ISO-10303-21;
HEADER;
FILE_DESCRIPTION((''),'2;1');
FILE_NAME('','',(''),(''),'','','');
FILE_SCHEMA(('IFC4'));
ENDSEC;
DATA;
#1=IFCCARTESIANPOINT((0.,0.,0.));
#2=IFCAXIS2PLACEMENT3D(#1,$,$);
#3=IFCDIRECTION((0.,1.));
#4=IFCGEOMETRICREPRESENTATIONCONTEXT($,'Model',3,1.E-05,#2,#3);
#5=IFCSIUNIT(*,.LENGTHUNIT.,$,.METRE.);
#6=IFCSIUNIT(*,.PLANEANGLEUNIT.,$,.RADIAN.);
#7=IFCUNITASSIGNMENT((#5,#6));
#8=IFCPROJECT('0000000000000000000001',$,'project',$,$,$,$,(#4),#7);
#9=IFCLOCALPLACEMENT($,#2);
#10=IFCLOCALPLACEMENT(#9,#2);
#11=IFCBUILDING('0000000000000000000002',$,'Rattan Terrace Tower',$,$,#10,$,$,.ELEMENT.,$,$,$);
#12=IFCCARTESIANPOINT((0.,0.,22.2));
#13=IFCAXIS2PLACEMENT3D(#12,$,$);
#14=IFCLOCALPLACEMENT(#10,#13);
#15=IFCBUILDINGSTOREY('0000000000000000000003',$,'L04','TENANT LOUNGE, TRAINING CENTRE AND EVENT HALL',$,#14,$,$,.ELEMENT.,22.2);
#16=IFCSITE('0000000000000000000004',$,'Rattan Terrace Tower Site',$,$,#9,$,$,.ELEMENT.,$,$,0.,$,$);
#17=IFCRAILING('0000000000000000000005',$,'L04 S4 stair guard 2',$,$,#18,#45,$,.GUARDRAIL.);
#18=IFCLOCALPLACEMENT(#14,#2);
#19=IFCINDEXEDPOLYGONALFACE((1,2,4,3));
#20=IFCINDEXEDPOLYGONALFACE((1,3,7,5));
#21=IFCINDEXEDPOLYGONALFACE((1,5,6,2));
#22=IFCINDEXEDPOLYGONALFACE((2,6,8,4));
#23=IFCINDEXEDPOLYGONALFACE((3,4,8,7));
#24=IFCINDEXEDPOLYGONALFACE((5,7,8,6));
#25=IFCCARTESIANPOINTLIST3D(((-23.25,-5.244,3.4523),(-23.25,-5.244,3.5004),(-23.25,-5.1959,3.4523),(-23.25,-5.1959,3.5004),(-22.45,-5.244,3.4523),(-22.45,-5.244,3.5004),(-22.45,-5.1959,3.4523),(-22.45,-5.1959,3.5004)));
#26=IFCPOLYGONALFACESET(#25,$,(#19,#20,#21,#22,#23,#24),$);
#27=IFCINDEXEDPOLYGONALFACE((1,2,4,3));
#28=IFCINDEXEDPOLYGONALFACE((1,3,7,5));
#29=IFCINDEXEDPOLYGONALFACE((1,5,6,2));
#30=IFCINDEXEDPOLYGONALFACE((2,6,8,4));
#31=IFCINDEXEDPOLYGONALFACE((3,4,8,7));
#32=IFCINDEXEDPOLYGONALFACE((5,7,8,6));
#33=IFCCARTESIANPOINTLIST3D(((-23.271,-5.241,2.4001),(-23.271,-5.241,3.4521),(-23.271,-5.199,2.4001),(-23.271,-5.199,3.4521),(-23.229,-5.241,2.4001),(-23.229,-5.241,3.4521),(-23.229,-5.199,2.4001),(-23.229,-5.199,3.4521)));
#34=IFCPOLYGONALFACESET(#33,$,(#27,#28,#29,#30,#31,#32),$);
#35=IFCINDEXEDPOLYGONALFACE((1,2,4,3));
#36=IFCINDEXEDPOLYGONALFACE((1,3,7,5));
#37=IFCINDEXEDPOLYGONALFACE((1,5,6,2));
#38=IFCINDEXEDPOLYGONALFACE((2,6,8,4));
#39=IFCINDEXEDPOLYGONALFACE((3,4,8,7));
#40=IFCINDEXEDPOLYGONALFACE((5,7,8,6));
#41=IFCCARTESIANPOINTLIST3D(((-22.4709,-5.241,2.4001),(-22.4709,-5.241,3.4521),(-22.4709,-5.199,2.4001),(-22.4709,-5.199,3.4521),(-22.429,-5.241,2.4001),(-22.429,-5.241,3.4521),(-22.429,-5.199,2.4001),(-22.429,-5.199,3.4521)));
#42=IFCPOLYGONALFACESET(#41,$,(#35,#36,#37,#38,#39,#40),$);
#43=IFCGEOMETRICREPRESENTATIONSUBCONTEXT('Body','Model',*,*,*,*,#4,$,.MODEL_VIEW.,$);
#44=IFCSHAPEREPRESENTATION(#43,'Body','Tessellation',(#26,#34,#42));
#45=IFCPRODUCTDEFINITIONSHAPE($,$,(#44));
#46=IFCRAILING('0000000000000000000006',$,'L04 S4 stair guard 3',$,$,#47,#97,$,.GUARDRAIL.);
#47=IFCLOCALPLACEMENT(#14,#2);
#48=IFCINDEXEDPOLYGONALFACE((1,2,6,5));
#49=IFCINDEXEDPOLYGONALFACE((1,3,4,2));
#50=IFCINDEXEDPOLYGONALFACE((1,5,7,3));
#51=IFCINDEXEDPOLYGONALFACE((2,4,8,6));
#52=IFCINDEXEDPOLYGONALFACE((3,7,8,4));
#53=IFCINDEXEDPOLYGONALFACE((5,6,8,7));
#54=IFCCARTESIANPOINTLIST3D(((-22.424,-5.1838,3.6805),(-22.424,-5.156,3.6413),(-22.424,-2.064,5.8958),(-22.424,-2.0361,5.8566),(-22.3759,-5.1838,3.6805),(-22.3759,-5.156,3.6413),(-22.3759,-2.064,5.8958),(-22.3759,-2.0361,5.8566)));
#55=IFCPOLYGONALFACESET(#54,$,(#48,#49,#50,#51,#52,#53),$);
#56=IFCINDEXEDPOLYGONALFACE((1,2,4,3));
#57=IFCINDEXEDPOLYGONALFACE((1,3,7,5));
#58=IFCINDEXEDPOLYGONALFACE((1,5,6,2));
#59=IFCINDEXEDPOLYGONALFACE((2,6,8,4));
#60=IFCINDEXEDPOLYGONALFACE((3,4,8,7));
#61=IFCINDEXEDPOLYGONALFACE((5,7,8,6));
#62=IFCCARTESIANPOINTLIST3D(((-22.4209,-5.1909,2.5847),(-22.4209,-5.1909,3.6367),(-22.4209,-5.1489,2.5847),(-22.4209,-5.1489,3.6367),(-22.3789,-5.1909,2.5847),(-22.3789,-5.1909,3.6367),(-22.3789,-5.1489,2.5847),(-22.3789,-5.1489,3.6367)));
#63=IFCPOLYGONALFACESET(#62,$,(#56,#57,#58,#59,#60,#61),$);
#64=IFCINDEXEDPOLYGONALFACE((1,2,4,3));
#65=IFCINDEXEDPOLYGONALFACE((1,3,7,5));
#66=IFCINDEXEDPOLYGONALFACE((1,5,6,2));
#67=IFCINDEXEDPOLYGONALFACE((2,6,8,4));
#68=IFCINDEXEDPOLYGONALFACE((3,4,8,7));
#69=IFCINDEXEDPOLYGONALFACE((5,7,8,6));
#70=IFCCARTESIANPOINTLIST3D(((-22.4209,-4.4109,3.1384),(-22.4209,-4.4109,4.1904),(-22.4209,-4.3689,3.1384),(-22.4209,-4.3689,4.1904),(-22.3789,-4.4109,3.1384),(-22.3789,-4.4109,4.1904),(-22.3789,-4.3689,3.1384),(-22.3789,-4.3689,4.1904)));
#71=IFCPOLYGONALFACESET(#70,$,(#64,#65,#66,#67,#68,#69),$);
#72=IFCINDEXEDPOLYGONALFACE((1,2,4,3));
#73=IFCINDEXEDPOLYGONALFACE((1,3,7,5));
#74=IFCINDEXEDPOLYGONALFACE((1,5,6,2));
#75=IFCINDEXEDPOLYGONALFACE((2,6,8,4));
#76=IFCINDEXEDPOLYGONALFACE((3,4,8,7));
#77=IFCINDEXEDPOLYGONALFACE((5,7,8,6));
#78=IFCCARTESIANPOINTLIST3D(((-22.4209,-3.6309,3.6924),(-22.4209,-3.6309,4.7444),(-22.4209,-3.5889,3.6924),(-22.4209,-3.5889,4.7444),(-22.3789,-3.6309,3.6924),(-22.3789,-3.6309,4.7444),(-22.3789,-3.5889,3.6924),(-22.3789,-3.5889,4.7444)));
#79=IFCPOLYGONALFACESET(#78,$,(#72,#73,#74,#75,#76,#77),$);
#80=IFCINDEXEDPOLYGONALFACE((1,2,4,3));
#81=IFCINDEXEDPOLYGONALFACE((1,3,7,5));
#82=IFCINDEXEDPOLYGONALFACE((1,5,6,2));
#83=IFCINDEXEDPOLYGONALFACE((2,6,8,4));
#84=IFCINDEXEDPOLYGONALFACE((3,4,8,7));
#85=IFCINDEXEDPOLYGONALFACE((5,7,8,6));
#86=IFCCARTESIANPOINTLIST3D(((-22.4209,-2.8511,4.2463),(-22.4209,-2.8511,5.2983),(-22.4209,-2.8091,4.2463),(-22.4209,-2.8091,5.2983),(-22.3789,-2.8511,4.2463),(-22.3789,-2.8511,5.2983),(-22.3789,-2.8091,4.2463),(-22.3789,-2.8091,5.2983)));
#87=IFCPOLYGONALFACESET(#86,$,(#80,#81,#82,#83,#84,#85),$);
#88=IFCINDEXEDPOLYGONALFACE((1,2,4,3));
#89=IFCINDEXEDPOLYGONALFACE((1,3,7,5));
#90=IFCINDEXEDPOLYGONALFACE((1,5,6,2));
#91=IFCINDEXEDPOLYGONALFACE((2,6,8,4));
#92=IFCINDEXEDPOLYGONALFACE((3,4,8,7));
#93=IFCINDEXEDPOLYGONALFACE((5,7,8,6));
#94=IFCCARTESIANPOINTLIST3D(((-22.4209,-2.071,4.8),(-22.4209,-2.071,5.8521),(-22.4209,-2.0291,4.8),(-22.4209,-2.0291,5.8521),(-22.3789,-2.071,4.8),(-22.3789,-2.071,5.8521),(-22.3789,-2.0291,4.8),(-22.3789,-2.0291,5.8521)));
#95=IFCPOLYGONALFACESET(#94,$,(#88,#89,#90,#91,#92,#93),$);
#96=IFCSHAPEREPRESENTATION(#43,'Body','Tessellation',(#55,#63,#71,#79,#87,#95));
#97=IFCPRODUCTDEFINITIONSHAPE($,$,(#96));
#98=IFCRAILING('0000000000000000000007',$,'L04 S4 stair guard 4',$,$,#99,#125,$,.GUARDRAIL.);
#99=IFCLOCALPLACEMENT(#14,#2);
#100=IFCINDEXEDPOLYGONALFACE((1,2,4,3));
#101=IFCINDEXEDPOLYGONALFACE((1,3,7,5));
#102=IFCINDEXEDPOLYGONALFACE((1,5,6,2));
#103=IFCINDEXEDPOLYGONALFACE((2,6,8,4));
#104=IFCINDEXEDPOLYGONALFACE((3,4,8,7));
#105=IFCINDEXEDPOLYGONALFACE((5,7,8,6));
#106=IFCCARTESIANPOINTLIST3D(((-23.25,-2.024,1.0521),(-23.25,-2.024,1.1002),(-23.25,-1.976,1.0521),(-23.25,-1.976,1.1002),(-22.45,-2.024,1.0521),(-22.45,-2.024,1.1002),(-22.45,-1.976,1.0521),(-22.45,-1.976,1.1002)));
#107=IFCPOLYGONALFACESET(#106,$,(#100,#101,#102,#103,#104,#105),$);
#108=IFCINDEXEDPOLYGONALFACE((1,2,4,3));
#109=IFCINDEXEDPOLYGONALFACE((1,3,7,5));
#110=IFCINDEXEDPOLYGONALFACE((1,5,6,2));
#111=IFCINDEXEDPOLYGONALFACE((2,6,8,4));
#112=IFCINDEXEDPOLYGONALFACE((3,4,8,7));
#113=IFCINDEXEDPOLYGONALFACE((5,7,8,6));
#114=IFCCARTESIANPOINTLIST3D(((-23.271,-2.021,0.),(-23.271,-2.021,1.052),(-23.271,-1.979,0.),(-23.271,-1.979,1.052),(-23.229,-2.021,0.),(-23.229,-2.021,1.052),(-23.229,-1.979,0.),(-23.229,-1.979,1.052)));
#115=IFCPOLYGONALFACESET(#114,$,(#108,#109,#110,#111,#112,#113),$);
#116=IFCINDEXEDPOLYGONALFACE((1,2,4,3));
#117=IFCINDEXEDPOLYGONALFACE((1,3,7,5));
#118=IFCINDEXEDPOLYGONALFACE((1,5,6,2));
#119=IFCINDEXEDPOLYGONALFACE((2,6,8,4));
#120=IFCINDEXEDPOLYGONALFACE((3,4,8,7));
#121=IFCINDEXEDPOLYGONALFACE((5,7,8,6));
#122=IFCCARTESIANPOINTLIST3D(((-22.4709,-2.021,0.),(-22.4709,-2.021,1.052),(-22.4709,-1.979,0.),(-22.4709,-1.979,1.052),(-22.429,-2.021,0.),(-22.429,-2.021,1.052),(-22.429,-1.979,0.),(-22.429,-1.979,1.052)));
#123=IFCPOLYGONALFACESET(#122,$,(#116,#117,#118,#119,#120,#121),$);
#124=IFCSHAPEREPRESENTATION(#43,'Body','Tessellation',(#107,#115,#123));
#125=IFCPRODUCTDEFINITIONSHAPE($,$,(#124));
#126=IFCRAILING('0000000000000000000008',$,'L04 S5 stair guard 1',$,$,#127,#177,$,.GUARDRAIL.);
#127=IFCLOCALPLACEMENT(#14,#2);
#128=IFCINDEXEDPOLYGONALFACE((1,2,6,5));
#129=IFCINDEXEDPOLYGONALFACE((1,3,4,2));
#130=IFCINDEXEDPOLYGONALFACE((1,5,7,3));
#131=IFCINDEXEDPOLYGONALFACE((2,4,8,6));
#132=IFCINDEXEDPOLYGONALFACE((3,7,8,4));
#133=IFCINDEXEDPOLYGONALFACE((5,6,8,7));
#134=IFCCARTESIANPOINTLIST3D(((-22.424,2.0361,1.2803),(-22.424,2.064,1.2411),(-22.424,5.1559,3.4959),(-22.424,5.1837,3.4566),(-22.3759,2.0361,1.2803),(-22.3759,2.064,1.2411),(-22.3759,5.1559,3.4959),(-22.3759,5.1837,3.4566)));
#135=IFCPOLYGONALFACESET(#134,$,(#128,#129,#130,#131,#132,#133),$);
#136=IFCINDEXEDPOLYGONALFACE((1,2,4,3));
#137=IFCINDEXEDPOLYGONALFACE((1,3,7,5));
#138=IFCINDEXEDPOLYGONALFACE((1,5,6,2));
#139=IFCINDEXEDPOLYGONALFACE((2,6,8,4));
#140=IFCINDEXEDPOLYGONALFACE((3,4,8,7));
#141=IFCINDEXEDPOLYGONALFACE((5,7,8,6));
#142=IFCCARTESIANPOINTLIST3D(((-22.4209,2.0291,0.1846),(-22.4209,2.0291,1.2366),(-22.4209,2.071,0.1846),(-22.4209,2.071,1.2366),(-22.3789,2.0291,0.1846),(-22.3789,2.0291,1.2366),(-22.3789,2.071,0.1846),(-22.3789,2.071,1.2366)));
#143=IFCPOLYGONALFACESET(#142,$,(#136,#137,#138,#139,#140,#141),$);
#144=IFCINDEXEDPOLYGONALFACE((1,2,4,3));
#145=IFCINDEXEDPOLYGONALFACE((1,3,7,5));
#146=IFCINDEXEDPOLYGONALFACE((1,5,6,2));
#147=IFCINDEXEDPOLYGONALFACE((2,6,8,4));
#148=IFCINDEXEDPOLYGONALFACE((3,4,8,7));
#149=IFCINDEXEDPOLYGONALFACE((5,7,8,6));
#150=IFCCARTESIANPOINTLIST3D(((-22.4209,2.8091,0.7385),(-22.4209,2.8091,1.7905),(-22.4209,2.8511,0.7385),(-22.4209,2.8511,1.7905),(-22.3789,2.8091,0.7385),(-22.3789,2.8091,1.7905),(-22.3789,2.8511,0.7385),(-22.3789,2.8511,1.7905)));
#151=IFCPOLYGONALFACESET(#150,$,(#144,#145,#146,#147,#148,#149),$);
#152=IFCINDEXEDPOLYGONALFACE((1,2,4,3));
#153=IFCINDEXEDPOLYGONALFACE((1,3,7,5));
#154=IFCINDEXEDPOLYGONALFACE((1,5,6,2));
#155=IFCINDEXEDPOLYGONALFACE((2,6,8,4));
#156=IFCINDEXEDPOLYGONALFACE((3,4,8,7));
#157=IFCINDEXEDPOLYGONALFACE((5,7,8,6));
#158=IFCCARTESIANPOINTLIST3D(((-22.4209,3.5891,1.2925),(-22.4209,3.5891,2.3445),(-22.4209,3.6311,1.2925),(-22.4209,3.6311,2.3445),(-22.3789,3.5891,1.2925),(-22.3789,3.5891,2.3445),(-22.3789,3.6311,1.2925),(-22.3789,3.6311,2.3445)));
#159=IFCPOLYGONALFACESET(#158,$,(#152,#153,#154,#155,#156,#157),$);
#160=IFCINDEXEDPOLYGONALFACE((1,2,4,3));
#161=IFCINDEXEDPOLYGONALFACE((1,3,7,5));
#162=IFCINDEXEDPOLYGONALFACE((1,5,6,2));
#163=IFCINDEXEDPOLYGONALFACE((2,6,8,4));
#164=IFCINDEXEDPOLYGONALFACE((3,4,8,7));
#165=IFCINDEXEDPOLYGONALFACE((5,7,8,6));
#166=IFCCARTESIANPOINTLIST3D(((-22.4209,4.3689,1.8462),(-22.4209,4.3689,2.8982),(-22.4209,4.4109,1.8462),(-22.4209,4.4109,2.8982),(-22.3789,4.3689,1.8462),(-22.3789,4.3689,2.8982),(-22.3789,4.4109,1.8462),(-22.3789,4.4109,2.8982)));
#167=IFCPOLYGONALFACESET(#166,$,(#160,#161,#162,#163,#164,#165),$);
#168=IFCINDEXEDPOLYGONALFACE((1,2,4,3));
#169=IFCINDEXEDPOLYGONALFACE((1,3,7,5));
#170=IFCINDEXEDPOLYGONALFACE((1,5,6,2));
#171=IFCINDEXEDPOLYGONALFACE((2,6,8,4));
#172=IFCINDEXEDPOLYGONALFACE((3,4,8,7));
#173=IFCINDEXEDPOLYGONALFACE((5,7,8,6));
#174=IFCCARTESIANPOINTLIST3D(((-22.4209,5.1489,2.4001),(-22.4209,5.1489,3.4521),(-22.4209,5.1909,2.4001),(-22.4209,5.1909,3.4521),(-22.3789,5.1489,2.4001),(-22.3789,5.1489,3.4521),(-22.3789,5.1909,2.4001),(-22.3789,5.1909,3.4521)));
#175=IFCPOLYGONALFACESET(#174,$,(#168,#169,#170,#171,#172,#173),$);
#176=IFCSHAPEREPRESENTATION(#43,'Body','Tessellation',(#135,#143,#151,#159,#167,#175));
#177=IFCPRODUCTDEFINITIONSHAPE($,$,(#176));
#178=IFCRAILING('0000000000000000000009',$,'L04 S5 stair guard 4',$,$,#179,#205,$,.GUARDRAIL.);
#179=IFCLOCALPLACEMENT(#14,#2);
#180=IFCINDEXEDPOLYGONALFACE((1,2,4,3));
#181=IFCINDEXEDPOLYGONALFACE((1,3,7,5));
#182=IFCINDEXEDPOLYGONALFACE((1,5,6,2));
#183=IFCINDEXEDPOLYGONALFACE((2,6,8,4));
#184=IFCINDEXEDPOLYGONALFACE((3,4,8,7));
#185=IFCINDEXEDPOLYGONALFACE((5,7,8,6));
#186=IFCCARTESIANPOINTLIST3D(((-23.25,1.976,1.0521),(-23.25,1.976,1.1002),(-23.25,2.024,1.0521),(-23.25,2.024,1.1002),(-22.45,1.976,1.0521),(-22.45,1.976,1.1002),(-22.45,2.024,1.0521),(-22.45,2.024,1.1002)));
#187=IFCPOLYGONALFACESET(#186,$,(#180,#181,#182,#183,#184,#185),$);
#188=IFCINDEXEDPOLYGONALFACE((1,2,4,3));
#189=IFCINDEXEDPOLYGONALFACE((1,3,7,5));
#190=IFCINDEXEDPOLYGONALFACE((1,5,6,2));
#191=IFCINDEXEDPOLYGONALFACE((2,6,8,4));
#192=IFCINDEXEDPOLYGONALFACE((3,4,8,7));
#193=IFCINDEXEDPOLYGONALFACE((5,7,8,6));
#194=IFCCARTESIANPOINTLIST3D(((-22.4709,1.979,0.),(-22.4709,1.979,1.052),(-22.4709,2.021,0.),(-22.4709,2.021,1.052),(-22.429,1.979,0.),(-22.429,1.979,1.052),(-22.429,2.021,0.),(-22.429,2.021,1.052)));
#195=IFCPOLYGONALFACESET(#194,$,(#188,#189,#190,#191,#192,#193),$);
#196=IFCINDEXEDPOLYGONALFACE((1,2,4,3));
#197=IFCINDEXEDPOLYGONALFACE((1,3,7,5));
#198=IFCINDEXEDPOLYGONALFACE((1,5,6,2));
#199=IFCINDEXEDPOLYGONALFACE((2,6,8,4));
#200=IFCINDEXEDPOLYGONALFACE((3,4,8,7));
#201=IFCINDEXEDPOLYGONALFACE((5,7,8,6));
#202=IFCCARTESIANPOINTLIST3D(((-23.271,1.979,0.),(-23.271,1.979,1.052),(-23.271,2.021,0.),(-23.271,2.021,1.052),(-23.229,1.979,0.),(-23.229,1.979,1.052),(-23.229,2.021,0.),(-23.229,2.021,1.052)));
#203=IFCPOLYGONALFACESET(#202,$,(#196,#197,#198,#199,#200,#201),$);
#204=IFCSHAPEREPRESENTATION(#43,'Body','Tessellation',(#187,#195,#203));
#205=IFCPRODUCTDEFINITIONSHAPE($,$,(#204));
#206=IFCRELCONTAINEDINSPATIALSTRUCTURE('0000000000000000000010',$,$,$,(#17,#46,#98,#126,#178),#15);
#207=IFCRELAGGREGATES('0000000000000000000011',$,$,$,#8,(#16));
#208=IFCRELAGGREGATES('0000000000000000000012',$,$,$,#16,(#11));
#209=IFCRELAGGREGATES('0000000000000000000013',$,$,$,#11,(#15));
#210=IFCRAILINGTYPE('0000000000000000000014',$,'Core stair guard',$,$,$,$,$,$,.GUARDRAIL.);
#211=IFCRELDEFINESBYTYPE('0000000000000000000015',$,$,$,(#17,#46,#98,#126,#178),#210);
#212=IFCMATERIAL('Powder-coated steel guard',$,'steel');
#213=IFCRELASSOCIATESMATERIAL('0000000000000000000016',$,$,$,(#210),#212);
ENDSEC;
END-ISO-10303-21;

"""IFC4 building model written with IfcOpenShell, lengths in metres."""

from ifc_helpers import new_model, si_unit, direction, frame, origin, origin_2d, place, context, subcontext, project, spatial, rectangle, extrude, material, type_object, element, save


model = new_model("IFC4")

# Units and contexts
model_context = context("Model", 3, precision=1e-05, world=origin(), true_north=direction((0.0, 1.0)))
body_context = subcontext(model_context, "Body", "Model", "MODEL_VIEW")
ifc_project = project(units=[si_unit("LENGTHUNIT", "METRE"), si_unit("PLANEANGLEUNIT", "RADIAN")], contexts=[model_context])

# Site, building, storey
site_placement = place(None, origin())
site = spatial("IfcSite", under=ifc_project, at=site_placement, Name="Rattan Terrace Tower Site", CompositionType="ELEMENT", RefElevation=0.0)
building_placement = place(site_placement, origin())
building = spatial("IfcBuilding", under=site, at=building_placement, Name="Rattan Terrace Tower", CompositionType="ELEMENT")
storey_placement = place(building_placement, frame((0.0, 0.0, 22.2)))
storey = spatial("IfcBuildingStorey", under=building, at=storey_placement, Name="L04", Description="TENANT LOUNGE, TRAINING CENTRE AND EVENT HALL", CompositionType="ELEMENT", Elevation=22.2)

# Railings
ifc_material_1 = material(Name="Powder-coated steel guard", Category="steel")
railing_type_1 = type_object("IfcRailingType", Name="Core stair guard", PredefinedType="GUARDRAIL", material=ifc_material_1)
railing_1_placement = place(storey_placement, frame((-23.25, -5.22, 2.4001)))
element("IfcRailing", 1, at=railing_1_placement, inside=storey, type_object=railing_type_1, Name="L04 S4 stair guard 2", PredefinedType="GUARDRAIL", context=body_context, shape_type="SweptSolid", body=[
    extrude(rectangle(XDim=0.0481, YDim=0.0481, at=origin_2d()), frame((0.0, 0.0, 1.0762), z_axis=(1.0, 0.0, 0.0), x_axis=(0.0, 1.0, 0.0)), (0.0, 0.0, 1.0), 0.8),
    extrude(rectangle(XDim=0.042, YDim=0.042, at=origin_2d()), origin(), (0.0, 0.0, 1.0), 1.052),
    extrude(rectangle(XDim=0.042, YDim=0.042, at=origin_2d()), frame((0.8, 0.0, 0.0)), (0.0, 0.0, 1.0), 1.052),
])
railing_2_placement = place(storey_placement, frame((-22.3999, -5.1699, 2.5847)))
element("IfcRailing", 2, at=railing_2_placement, inside=storey, type_object=railing_type_1, Name="L04 S4 stair guard 3", PredefinedType="GUARDRAIL", context=body_context, shape_type="SweptSolid", body=[
    extrude(rectangle(XDim=0.0481, YDim=0.0481, at=origin_2d()), frame((0.0, 0.0, 1.0762), z_axis=(0.0, 0.815356, 0.578961), x_axis=(-1.0, 0.0, 0.0)), (0.0, 0.0, 1.0), 3.8264),
    extrude(rectangle(XDim=0.042, YDim=0.042, at=origin_2d()), origin(), (0.0, 0.0, 1.0), 1.052),
    extrude(rectangle(XDim=0.042, YDim=0.042, at=origin_2d()), frame((0.0, 0.78, 0.5537)), (0.0, 0.0, 1.0), 1.052),
    extrude(rectangle(XDim=0.042, YDim=0.042, at=origin_2d()), frame((0.0, 1.5601, 1.1077)), (0.0, 0.0, 1.0), 1.052),
    extrude(rectangle(XDim=0.042, YDim=0.042, at=origin_2d()), frame((0.0, 2.3398, 1.6616)), (0.0, 0.0, 1.0), 1.052),
    extrude(rectangle(XDim=0.042, YDim=0.042, at=origin_2d()), frame((0.0, 3.1199, 2.2153)), (0.0, 0.0, 1.0), 1.052),
])
railing_3_placement = place(storey_placement, frame((-23.25, -2.0, 0.0)))
element("IfcRailing", 3, at=railing_3_placement, inside=storey, type_object=railing_type_1, Name="L04 S4 stair guard 4", PredefinedType="GUARDRAIL", context=body_context, shape_type="SweptSolid", body=[
    extrude(rectangle(XDim=0.0481, YDim=0.0481, at=origin_2d()), frame((0.0, 0.0, 1.0762), z_axis=(1.0, 0.0, 0.0), x_axis=(0.0, 1.0, 0.0)), (0.0, 0.0, 1.0), 0.8),
    extrude(rectangle(XDim=0.042, YDim=0.042, at=origin_2d()), origin(), (0.0, 0.0, 1.0), 1.052),
    extrude(rectangle(XDim=0.042, YDim=0.042, at=origin_2d()), frame((0.8, 0.0, 0.0)), (0.0, 0.0, 1.0), 1.052),
])
railing_4_placement = place(storey_placement, frame((-22.3999, 2.05, 0.1846)))
element("IfcRailing", 4, at=railing_4_placement, inside=storey, type_object=railing_type_1, Name="L04 S5 stair guard 1", PredefinedType="GUARDRAIL", context=body_context, shape_type="SweptSolid", body=[
    extrude(rectangle(XDim=0.0481, YDim=0.0481, at=origin_2d()), frame((0.0, 0.0, 1.0762), z_axis=(0.0, 0.815325, 0.579003), x_axis=(-1.0, 0.0, 0.0)), (0.0, 0.0, 1.0), 3.8264),
    extrude(rectangle(XDim=0.042, YDim=0.042, at=origin_2d()), origin(), (0.0, 0.0, 1.0), 1.052),
    extrude(rectangle(XDim=0.042, YDim=0.042, at=origin_2d()), frame((0.0, 0.78, 0.554)), (0.0, 0.0, 1.0), 1.052),
    extrude(rectangle(XDim=0.042, YDim=0.042, at=origin_2d()), frame((0.0, 1.5601, 1.1079)), (0.0, 0.0, 1.0), 1.052),
    extrude(rectangle(XDim=0.042, YDim=0.042, at=origin_2d()), frame((0.0, 2.3398, 1.6616)), (0.0, 0.0, 1.0), 1.052),
    extrude(rectangle(XDim=0.042, YDim=0.042, at=origin_2d()), frame((0.0, 3.1199, 2.2156)), (0.0, 0.0, 1.0), 1.052),
])
railing_5_placement = place(storey_placement, frame((-22.45, 2.0, 0.0)))
element("IfcRailing", 5, at=railing_5_placement, inside=storey, type_object=railing_type_1, Name="L04 S5 stair guard 4", PredefinedType="GUARDRAIL", context=body_context, shape_type="SweptSolid", body=[
    extrude(rectangle(XDim=0.0481, YDim=0.0481, at=origin_2d()), frame((0.0, 0.0, 1.0762), z_axis=(-1.0, 0.0, 0.0), x_axis=(0.0, -1.0, 0.0)), (0.0, 0.0, 1.0), 0.8),
    extrude(rectangle(XDim=0.042, YDim=0.042, at=origin_2d()), origin(), (0.0, 0.0, 1.0), 1.052),
    extrude(rectangle(XDim=0.042, YDim=0.042, at=origin_2d()), frame((-0.8, 0.0, 0.0)), (0.0, 0.0, 1.0), 1.052),
])

save(model, "model.ifc")
